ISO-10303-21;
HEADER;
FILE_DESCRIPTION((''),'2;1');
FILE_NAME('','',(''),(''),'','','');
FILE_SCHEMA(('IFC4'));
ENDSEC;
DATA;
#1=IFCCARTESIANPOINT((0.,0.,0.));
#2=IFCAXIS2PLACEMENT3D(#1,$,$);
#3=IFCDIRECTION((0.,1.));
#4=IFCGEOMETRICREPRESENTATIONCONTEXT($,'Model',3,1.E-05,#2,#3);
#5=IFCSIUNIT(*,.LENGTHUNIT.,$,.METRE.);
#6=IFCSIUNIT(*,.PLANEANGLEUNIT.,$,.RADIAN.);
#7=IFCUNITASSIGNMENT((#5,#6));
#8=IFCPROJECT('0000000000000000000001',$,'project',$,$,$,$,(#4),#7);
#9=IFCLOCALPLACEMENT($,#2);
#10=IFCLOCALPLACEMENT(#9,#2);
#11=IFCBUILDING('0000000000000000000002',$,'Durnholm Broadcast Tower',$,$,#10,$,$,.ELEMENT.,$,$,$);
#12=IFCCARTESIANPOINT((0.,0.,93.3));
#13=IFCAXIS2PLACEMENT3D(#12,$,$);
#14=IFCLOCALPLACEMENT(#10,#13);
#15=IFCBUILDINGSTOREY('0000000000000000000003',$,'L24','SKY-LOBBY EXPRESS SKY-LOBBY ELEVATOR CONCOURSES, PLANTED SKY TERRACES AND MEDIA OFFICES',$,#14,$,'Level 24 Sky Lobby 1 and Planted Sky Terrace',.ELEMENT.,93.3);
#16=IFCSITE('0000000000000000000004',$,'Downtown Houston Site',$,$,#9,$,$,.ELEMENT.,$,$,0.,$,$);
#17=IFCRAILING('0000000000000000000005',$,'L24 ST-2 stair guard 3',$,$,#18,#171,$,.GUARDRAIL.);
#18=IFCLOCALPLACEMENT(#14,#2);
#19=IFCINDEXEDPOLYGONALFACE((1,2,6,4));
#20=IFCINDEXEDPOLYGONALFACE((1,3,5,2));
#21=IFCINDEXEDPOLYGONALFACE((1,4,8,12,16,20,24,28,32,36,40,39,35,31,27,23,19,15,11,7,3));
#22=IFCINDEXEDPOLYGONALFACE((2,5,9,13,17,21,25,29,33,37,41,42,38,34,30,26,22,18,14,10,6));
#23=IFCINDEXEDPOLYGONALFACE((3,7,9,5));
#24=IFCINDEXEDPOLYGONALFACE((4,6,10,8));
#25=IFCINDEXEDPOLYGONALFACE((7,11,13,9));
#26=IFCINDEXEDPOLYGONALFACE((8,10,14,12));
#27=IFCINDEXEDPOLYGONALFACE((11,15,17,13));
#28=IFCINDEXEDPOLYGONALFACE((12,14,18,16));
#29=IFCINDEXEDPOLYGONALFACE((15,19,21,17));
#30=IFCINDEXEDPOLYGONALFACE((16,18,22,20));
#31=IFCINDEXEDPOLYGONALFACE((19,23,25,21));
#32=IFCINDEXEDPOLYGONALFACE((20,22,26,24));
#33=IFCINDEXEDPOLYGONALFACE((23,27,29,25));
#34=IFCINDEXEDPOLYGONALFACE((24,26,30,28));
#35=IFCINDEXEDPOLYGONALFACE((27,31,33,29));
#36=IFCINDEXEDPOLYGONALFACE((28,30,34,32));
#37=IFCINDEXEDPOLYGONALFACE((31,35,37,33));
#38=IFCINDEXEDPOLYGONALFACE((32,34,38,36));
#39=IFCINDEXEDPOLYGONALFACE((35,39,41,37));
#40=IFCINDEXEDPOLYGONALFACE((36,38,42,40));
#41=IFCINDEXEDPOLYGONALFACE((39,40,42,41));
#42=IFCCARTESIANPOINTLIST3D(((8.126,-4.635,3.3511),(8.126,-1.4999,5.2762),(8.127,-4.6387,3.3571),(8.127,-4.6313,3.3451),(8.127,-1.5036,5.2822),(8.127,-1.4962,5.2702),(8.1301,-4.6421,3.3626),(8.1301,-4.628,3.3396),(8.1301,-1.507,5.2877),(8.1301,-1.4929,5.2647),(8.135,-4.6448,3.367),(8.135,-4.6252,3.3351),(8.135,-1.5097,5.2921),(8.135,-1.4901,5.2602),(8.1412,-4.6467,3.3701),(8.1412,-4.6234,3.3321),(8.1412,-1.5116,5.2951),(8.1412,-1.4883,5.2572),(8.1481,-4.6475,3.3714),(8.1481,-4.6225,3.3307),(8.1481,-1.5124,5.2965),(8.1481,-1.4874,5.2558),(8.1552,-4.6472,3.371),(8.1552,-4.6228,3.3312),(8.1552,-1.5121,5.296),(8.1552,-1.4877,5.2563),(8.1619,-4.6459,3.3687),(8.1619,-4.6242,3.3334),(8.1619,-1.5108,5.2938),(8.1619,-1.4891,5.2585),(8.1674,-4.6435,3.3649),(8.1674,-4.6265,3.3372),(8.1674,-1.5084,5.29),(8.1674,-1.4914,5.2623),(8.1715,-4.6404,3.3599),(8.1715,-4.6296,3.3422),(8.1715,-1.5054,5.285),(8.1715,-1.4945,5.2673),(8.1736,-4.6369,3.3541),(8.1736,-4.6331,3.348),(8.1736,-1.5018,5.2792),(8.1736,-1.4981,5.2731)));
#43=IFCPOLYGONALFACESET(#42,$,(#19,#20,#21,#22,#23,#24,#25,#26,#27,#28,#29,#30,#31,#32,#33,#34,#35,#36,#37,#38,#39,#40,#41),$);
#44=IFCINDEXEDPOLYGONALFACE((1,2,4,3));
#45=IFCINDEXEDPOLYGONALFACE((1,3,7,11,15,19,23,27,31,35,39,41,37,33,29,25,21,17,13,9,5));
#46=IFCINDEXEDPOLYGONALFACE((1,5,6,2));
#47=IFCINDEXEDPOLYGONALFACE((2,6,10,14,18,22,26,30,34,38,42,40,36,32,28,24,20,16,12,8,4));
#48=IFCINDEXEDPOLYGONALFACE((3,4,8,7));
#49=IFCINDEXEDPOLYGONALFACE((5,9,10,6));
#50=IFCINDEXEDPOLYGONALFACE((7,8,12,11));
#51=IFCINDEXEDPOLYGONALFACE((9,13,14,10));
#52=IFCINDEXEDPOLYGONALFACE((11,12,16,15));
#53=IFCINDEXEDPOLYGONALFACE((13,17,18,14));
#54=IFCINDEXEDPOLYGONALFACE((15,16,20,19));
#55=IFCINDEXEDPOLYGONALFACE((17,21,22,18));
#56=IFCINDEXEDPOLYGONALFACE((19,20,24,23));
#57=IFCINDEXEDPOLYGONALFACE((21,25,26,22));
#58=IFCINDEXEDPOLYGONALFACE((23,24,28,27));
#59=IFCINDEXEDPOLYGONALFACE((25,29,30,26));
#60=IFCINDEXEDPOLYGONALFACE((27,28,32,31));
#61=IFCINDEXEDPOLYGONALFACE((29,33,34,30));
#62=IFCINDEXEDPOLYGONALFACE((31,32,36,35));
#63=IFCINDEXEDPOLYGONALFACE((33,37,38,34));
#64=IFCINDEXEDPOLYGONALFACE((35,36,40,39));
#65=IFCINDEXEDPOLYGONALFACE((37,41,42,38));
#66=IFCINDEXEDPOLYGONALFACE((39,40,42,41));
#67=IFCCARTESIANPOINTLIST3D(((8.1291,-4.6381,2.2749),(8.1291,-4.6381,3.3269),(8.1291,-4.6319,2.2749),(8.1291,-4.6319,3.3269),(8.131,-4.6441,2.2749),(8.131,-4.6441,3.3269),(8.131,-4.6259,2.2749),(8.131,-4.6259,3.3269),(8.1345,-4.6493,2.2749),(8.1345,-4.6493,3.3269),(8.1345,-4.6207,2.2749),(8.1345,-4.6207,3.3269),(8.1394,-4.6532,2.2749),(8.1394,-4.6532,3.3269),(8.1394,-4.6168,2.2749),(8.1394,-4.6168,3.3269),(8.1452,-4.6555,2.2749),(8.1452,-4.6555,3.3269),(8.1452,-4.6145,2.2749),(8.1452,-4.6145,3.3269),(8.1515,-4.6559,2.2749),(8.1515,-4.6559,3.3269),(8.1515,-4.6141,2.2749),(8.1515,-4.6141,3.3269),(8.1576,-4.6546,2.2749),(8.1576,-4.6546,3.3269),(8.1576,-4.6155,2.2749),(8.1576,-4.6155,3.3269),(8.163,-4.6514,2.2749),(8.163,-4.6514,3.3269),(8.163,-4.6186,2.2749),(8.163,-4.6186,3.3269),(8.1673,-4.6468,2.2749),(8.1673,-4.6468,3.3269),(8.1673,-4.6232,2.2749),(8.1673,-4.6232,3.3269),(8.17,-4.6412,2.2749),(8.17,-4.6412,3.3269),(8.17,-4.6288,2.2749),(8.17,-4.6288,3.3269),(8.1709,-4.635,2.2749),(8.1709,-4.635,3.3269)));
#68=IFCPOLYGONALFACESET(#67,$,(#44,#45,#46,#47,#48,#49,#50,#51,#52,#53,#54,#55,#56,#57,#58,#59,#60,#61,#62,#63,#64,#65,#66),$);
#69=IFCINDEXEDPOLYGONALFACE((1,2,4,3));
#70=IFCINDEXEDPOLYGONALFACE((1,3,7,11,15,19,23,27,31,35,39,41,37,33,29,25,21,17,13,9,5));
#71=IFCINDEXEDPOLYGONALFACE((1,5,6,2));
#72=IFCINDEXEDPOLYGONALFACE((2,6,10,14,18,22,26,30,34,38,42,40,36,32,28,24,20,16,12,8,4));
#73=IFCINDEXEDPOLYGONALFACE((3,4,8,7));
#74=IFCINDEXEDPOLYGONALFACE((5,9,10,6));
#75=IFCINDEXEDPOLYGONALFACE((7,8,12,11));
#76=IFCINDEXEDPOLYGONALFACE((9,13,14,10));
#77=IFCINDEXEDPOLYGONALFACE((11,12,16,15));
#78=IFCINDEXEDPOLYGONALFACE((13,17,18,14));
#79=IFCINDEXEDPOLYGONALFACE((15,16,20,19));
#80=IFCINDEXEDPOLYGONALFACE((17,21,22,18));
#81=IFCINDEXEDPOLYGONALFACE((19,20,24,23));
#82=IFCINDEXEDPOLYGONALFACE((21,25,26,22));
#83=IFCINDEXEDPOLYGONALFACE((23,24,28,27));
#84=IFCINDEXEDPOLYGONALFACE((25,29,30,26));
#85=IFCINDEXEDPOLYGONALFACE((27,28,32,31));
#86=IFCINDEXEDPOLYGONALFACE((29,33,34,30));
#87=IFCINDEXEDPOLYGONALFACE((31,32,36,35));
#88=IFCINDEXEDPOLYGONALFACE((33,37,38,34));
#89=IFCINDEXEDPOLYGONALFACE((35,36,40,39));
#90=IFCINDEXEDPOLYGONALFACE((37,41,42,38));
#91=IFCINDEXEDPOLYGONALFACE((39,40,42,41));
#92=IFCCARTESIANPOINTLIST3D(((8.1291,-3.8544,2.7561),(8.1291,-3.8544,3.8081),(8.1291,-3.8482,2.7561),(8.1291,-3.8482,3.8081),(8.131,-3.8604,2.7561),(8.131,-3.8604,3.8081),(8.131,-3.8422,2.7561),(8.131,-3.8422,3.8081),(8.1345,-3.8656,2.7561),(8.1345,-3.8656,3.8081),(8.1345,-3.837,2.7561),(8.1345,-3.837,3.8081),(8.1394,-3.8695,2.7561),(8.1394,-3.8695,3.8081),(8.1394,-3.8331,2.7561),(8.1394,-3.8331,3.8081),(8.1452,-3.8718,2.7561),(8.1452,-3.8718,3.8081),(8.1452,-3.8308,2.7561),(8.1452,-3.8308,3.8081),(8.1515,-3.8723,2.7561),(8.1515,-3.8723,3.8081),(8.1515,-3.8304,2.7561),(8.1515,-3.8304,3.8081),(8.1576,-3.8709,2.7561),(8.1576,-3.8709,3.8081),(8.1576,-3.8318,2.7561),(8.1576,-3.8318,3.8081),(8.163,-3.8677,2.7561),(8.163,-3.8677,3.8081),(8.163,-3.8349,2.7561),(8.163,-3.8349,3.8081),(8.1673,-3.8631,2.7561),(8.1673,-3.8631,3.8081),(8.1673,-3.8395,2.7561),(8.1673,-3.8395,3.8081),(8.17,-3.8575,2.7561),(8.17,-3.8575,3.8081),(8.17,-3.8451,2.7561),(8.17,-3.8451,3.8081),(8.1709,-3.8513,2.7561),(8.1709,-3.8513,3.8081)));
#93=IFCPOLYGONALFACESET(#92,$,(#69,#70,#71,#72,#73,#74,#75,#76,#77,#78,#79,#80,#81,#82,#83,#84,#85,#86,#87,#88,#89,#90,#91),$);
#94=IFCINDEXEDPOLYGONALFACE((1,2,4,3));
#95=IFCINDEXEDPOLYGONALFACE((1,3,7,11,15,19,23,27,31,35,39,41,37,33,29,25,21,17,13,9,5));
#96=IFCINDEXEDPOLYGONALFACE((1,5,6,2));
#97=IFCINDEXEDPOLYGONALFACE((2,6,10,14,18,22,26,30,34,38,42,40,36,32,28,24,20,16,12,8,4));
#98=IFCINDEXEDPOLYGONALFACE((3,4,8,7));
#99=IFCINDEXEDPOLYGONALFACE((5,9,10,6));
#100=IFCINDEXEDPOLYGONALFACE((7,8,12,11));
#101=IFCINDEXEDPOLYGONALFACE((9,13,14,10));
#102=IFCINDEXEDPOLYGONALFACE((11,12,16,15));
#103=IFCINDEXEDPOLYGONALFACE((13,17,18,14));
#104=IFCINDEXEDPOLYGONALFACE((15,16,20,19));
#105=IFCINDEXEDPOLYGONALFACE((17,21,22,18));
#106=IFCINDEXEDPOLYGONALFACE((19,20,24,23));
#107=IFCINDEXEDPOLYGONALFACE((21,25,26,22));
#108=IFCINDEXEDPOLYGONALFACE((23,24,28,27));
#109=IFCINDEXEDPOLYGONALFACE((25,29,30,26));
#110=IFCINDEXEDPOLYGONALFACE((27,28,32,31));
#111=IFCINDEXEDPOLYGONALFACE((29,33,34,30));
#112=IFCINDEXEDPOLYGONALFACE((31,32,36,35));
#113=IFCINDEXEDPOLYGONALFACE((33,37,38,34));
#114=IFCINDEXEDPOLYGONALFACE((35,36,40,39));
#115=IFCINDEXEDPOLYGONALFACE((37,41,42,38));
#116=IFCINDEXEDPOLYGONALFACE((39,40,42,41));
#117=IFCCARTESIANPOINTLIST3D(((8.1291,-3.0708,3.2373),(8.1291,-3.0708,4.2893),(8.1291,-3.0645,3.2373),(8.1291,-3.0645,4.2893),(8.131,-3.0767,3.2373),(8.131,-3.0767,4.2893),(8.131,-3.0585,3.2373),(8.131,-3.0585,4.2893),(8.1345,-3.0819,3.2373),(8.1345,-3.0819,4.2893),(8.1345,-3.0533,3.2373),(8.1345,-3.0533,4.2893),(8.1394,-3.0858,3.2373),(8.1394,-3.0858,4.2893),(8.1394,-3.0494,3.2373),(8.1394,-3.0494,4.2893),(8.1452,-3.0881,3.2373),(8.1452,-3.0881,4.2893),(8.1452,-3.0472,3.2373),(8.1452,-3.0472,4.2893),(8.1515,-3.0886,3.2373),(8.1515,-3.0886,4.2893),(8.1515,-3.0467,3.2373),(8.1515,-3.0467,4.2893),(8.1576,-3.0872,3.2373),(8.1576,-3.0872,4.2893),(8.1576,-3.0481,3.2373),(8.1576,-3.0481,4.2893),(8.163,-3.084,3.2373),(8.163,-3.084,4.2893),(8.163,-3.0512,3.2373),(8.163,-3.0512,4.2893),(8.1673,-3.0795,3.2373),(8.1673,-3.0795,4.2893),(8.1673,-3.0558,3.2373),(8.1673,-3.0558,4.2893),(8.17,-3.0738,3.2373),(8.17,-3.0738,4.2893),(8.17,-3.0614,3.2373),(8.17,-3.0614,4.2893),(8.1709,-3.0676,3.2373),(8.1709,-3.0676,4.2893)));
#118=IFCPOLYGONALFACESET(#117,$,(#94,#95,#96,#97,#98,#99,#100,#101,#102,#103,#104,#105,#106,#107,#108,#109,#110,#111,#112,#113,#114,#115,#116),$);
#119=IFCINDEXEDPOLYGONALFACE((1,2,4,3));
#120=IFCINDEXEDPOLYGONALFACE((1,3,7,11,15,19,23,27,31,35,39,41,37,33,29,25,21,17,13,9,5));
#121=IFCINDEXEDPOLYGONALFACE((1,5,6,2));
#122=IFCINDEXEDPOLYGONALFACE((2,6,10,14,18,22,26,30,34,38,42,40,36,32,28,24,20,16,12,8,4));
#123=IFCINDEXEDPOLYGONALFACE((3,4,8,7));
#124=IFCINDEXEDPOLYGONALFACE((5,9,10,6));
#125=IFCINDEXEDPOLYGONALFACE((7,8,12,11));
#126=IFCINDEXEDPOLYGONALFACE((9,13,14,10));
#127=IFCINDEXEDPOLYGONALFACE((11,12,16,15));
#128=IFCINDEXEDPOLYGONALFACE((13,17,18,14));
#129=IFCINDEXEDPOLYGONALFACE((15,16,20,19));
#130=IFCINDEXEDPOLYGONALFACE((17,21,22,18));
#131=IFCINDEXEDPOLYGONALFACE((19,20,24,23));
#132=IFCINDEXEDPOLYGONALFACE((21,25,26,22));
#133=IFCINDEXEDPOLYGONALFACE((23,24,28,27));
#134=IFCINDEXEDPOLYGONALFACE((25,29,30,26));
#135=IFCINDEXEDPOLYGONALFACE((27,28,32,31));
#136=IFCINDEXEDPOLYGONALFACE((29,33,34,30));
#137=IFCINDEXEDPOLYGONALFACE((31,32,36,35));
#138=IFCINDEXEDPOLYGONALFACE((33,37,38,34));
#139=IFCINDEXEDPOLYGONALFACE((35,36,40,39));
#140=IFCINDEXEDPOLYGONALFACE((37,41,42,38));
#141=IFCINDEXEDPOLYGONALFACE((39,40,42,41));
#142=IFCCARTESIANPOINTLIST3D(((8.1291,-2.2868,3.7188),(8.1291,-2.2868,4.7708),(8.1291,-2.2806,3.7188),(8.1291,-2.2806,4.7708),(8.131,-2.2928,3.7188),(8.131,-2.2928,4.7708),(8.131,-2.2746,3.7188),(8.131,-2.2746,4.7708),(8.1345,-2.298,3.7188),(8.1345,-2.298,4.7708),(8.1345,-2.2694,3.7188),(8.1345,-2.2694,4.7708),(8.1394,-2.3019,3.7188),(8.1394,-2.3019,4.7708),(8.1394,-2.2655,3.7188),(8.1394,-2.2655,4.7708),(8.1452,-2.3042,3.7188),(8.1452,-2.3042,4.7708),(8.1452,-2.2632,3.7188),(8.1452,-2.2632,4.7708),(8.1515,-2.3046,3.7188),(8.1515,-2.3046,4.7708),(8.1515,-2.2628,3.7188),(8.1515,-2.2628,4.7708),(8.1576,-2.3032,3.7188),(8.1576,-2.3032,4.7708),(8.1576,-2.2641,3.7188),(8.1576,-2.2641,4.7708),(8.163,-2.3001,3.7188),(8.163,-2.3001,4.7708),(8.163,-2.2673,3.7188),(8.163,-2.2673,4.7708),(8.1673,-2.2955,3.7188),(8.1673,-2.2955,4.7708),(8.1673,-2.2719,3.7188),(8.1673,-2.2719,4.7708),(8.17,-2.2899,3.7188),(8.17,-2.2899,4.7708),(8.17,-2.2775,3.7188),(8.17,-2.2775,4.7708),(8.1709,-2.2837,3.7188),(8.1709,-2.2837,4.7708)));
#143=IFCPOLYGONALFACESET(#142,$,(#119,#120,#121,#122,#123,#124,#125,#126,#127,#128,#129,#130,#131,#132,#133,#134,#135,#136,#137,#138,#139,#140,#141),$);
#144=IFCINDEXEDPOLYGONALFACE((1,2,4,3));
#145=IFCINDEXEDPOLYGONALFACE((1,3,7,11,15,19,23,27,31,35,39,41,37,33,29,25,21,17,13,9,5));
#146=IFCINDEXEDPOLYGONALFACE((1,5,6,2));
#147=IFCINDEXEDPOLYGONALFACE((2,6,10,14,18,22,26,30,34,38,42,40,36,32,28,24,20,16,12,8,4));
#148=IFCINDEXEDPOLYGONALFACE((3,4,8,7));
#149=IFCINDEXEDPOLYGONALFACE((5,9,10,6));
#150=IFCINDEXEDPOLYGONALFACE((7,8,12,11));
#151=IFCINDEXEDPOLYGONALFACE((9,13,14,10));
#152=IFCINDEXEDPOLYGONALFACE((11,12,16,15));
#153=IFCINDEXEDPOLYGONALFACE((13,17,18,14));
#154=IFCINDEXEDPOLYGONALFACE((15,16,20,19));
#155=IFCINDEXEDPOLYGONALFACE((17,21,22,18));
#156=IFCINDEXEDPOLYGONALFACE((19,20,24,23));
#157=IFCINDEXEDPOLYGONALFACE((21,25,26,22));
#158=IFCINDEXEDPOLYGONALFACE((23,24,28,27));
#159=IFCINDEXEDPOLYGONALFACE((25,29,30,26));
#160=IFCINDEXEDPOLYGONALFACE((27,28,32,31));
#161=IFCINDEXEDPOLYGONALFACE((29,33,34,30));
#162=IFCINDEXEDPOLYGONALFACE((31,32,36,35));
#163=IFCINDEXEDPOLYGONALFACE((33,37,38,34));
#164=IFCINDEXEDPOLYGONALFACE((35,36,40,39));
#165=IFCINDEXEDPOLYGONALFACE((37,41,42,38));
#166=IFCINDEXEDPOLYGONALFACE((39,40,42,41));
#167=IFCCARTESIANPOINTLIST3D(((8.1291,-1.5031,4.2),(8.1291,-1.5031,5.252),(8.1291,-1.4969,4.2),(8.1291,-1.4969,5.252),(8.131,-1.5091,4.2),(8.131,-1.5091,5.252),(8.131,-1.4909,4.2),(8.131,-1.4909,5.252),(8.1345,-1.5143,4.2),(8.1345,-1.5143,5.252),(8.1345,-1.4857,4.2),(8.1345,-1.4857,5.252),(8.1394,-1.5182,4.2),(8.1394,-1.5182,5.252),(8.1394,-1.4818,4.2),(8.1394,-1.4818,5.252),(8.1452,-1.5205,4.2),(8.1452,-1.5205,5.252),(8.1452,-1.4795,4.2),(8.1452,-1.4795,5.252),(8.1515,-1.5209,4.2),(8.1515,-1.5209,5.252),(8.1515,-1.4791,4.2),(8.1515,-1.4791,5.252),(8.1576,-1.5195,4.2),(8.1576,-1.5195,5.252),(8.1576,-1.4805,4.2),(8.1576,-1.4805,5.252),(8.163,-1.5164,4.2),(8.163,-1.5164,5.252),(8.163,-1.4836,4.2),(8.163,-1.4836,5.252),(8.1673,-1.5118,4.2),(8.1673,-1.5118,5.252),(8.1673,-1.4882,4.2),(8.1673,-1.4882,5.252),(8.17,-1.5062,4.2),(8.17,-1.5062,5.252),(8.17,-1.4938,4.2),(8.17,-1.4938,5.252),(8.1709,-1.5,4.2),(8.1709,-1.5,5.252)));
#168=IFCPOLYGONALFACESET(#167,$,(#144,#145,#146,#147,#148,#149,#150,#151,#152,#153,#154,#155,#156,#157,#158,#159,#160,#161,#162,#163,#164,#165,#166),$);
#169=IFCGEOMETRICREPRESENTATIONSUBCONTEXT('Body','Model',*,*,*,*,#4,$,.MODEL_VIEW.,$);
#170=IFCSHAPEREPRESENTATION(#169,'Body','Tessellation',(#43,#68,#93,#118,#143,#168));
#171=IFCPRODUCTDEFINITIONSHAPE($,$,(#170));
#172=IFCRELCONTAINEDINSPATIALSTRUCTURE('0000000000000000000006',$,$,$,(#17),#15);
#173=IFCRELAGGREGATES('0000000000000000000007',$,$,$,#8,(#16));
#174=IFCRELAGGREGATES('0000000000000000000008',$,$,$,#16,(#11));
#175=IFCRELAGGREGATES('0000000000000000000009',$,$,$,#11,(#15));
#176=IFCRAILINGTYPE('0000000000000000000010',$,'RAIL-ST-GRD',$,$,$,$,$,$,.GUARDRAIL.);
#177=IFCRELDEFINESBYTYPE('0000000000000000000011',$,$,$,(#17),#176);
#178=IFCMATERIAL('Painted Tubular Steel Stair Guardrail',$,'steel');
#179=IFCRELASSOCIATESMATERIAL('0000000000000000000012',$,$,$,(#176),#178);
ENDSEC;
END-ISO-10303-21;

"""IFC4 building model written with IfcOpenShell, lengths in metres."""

from ifc_helpers import new_model, si_unit, direction, frame, origin, origin_2d, place, context, subcontext, project, spatial, circle, extrude, material, type_object, element, save


model = new_model("IFC4")

# Units and contexts
model_context = context("Model", 3, precision=1e-05, world=origin(), true_north=direction((0.0, 1.0)))
body_context = subcontext(model_context, "Body", "Model", "MODEL_VIEW")
ifc_project = project(units=[si_unit("LENGTHUNIT", "METRE"), si_unit("PLANEANGLEUNIT", "RADIAN")], contexts=[model_context])

# Site, building, storey
site_placement = place(None, origin())
site = spatial("IfcSite", under=ifc_project, at=site_placement, Name="Downtown Houston Site", CompositionType="ELEMENT", RefElevation=0.0)
building_placement = place(site_placement, origin())
building = spatial("IfcBuilding", under=site, at=building_placement, Name="Durnholm Broadcast Tower", CompositionType="ELEMENT")
storey_placement = place(building_placement, frame((0.0, 0.0, 93.3)))
storey = spatial("IfcBuildingStorey", under=building, at=storey_placement, Name="L24", Description="SKY-LOBBY EXPRESS SKY-LOBBY ELEVATOR CONCOURSES, PLANTED SKY TERRACES AND MEDIA OFFICES", LongName="Level 24 Sky Lobby 1 and Planted Sky Terrace", CompositionType="ELEMENT", Elevation=93.3)

# Railing
ifc_material_1 = material(Name="Painted Tubular Steel Stair Guardrail", Category="steel")
railing_type_1 = type_object("IfcRailingType", Name="RAIL-ST-GRD", PredefinedType="GUARDRAIL", material=ifc_material_1)
railing_1_placement = place(storey_placement, frame((8.1499, -4.635, 2.2749)))
element("IfcRailing", 1, at=railing_1_placement, inside=storey, type_object=railing_type_1, Name="L24 ST-2 stair guard 3", PredefinedType="GUARDRAIL", context=body_context, shape_type="SweptSolid", body=[
    extrude(circle(Radius=0.0239, at=origin_2d()), frame((0.0, 0.0, 1.0762), z_axis=(0.0, 0.852166, 0.523271), x_axis=(-1.0, 0.0, 0.0)), (0.0, 0.0, 1.0), 3.679),
    extrude(circle(Radius=0.021, at=origin_2d()), origin(), (0.0, 0.0, 1.0), 1.052),
    extrude(circle(Radius=0.021, at=origin_2d()), frame((0.0, 0.7837, 0.4812)), (0.0, 0.0, 1.0), 1.052),
    extrude(circle(Radius=0.021, at=origin_2d()), frame((0.0, 1.5674, 0.9624)), (0.0, 0.0, 1.0), 1.052),
    extrude(circle(Radius=0.021, at=origin_2d()), frame((0.0, 2.3513, 1.4438)), (0.0, 0.0, 1.0), 1.052),
    extrude(circle(Radius=0.021, at=origin_2d()), frame((0.0, 3.135, 1.925)), (0.0, 0.0, 1.0), 1.052),
])

save(model, "model.ifc")
